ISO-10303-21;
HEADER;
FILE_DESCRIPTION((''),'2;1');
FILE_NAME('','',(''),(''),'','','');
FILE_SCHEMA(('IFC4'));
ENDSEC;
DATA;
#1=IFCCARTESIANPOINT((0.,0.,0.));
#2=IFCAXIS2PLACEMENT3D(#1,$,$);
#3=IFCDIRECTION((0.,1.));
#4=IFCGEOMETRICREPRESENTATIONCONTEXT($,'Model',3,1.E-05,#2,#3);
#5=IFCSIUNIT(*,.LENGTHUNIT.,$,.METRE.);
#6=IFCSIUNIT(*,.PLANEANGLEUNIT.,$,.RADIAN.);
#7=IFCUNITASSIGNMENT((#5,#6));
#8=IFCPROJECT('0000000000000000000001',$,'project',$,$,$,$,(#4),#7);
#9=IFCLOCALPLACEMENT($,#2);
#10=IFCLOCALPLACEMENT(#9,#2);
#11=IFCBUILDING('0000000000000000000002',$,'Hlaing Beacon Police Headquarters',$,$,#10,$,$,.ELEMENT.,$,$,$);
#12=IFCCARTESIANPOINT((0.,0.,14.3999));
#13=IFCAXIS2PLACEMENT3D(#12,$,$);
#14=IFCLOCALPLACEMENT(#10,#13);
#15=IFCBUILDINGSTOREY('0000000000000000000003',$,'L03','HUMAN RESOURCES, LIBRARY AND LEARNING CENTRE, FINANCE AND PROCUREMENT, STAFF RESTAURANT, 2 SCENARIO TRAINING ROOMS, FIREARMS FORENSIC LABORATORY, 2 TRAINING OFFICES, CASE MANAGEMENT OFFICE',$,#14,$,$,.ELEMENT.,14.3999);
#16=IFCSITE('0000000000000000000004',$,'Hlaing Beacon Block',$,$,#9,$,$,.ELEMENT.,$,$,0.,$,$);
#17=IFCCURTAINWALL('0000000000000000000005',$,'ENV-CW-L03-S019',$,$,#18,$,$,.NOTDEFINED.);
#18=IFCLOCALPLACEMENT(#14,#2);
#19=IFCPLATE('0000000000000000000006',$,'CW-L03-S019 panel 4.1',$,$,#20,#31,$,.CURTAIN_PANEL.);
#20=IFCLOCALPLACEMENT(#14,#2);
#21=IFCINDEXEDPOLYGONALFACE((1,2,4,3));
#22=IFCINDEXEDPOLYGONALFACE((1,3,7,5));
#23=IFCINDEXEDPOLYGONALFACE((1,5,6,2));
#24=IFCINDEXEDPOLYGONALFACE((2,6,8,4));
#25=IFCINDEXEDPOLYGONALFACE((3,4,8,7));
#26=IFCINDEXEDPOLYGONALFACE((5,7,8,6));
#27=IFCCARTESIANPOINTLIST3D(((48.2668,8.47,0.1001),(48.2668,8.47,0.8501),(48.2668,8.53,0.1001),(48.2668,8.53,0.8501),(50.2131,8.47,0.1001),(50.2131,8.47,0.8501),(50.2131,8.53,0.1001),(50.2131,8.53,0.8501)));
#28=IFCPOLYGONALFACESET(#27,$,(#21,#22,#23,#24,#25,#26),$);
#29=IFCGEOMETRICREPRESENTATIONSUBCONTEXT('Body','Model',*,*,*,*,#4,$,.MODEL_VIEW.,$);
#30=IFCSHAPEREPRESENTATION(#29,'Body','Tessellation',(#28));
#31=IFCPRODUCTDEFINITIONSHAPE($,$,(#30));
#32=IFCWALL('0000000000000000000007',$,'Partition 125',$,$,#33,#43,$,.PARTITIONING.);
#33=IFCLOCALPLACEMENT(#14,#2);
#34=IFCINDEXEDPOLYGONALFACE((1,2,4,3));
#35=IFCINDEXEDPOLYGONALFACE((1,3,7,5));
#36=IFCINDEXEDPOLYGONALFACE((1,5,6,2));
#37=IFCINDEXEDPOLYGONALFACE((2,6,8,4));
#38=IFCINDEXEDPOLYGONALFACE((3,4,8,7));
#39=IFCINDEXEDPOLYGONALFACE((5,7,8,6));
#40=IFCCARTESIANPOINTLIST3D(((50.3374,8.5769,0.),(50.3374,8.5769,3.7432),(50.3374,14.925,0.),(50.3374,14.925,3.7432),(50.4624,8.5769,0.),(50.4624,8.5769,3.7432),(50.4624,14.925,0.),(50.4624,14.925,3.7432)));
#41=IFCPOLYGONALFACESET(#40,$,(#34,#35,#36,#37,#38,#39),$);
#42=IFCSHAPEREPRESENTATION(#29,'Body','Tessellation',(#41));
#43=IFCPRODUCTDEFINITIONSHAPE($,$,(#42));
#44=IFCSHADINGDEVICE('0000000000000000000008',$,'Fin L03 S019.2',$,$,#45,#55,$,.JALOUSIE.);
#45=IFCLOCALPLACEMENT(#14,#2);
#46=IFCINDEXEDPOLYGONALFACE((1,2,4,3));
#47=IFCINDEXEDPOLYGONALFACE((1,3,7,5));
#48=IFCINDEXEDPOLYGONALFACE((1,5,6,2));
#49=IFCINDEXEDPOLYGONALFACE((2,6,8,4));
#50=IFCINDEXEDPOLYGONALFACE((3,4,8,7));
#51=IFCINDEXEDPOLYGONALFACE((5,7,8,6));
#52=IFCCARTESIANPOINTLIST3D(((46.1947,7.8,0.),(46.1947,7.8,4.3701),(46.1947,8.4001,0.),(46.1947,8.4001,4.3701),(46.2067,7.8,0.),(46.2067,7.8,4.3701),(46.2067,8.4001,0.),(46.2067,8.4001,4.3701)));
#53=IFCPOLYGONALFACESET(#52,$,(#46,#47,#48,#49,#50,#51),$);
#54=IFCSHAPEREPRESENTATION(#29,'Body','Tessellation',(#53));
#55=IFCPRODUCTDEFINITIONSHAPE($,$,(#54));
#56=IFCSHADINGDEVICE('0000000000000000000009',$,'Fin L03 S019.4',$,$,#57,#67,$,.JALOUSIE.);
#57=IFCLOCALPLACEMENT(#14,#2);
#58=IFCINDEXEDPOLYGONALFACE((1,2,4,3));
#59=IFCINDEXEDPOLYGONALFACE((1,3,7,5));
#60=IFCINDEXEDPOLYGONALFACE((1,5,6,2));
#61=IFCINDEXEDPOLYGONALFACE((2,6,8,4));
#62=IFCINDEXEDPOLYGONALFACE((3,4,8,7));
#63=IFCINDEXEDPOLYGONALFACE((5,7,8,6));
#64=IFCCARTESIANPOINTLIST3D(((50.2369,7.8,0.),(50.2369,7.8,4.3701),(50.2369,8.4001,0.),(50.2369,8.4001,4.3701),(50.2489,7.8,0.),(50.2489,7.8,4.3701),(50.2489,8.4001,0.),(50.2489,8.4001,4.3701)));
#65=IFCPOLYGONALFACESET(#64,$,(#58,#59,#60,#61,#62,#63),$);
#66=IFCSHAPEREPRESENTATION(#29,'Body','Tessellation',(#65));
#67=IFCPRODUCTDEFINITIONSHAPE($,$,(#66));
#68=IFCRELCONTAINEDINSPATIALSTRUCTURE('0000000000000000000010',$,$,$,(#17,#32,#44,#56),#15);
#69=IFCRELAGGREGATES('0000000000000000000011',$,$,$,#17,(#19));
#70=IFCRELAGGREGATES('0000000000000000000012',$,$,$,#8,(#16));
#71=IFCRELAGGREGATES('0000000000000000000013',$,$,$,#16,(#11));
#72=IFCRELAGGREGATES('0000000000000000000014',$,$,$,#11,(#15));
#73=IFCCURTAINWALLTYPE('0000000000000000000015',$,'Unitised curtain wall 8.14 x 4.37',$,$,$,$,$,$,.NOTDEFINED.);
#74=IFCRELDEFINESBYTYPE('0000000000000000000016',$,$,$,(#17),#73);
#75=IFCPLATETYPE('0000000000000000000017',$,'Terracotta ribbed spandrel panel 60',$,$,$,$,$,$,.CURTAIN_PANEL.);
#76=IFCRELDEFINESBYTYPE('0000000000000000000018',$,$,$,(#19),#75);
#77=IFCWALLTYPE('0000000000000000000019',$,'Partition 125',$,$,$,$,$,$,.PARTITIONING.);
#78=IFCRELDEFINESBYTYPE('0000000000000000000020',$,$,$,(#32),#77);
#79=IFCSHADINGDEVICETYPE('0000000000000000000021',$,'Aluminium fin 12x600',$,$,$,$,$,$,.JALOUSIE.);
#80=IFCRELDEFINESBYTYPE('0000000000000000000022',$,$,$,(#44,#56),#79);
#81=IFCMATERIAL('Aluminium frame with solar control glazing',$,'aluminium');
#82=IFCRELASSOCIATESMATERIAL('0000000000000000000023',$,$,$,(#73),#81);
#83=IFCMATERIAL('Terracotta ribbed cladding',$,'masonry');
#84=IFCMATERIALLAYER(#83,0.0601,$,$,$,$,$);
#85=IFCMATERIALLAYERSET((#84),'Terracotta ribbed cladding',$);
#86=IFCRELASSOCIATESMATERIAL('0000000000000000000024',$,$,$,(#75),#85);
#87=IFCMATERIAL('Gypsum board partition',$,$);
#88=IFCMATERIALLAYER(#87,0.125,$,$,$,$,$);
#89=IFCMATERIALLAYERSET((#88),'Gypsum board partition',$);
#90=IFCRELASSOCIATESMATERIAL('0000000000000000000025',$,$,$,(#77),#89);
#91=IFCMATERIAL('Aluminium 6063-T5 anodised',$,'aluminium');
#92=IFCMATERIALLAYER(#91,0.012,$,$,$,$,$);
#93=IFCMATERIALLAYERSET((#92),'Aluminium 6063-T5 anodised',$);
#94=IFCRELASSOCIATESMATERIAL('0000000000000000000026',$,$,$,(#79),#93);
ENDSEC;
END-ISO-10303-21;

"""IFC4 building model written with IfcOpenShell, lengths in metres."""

from ifc_helpers import new_model, si_unit, direction, frame, frame_2d, origin, origin_2d, place, context, subcontext, project, spatial, rectangle, extrude, material, layer, layer_set, type_object, element, aggregate, save


model = new_model("IFC4")

# Units and contexts
model_context = context("Model", 3, precision=1e-05, world=origin(), true_north=direction((0.0, 1.0)))
body_context = subcontext(model_context, "Body", "Model", "MODEL_VIEW")
ifc_project = project(units=[si_unit("LENGTHUNIT", "METRE"), si_unit("PLANEANGLEUNIT", "RADIAN")], contexts=[model_context])

# Site, building, storey
site_placement = place(None, origin())
site = spatial("IfcSite", under=ifc_project, at=site_placement, Name="Hlaing Beacon Block", CompositionType="ELEMENT", RefElevation=0.0)
building_placement = place(site_placement, origin())
building = spatial("IfcBuilding", under=site, at=building_placement, Name="Hlaing Beacon Police Headquarters", CompositionType="ELEMENT")
storey_placement = place(building_placement, frame((0.0, 0.0, 14.3999)))
storey = spatial("IfcBuildingStorey", under=building, at=storey_placement, Name="L03", Description="HUMAN RESOURCES, LIBRARY AND LEARNING CENTRE, FINANCE AND PROCUREMENT, STAFF RESTAURANT, 2 SCENARIO TRAINING ROOMS, FIREARMS FORENSIC LABORATORY, 2 TRAINING OFFICES, CASE MANAGEMENT OFFICE", CompositionType="ELEMENT", Elevation=14.3999)

# Curtain wall
ifc_material_1 = material(Name="Aluminium frame with solar control glazing", Category="aluminium")
curtain_wall_type = type_object("IfcCurtainWallType", Name="Unitised curtain wall 8.14 x 4.37", PredefinedType="NOTDEFINED", material=ifc_material_1)
curtain_wall_placement = place(storey_placement, origin())
curtain_wall = element("IfcCurtainWall", 1, at=curtain_wall_placement, inside=storey, type_object=curtain_wall_type, Name="ENV-CW-L03-S019", PredefinedType="NOTDEFINED")

# Plate
ifc_material_2 = material(Name="Terracotta ribbed cladding", Category="masonry")
ifc_layer_1 = layer(ifc_material_2, 0.0601)
ifc_layer_set_1 = layer_set([ifc_layer_1], Name="Terracotta ribbed cladding")
plate_type_1 = type_object("IfcPlateType", Name="Terracotta ribbed spandrel panel 60", PredefinedType="CURTAIN_PANEL", material=ifc_layer_set_1)
plate_1_placement = place(storey_placement, frame((49.24, 8.5, 0.1001), z_axis=(0.0, 0.0, 1.0), x_axis=(1.0, 0.0, 0.0)))
plate_1 = element("IfcPlate", 2, at=plate_1_placement, type_object=plate_type_1, Name="CW-L03-S019 panel 4.1", PredefinedType="CURTAIN_PANEL", context=body_context, shape_type="SweptSolid", body=[
    extrude(rectangle(XDim=1.9463, YDim=0.0601, at=origin_2d()), origin(), (0.0, 0.0, 1.0), 0.75),
])
aggregate(curtain_wall, [plate_1])

# Wall
ifc_material_3 = material(Name="Gypsum board partition")
ifc_layer_2 = layer(ifc_material_3, 0.125)
ifc_layer_set_2 = layer_set([ifc_layer_2], Name="Gypsum board partition")
wall_type = type_object("IfcWallType", Name="Partition 125", PredefinedType="PARTITIONING", material=ifc_layer_set_2)
wall_placement = place(storey_placement, frame((50.3999, 8.5769, 0.0), z_axis=(0.0, 0.0, 1.0), x_axis=(0.0, 1.0, 0.0)))
element("IfcWall", 3, at=wall_placement, inside=storey, type_object=wall_type, Name="Partition 125", PredefinedType="PARTITIONING", context=body_context, shape_type="SweptSolid", body=[
    extrude(rectangle(XDim=6.3481, YDim=0.125, at=frame_2d((3.1741, 0.0))), origin(), (0.0, 0.0, 1.0), 3.7432),
])

# Shading devices
ifc_material_4 = material(Name="Aluminium 6063-T5 anodised", Category="aluminium")
ifc_layer_3 = layer(ifc_material_4, 0.012)
ifc_layer_set_3 = layer_set([ifc_layer_3], Name="Aluminium 6063-T5 anodised")
shading_device_type = type_object("IfcShadingDeviceType", Name="Aluminium fin 12x600", PredefinedType="JALOUSIE", material=ifc_layer_set_3)
for number, where, z_axis, x_axis, name in (
    (4, (46.2007, 8.1001, 0.0), (0.0, 0.0, 1.0), (1.0, 0.0, 0.0), "Fin L03 S019.2"),
    (5, (50.2429, 8.1001, 0.0), (0.0, 0.0, 1.0), (1.0, 0.0, 0.0), "Fin L03 S019.4"),
):
    element("IfcShadingDevice", number, at=place(storey_placement, frame(where, z_axis=z_axis, x_axis=x_axis)), inside=storey, type_object=shading_device_type, Name=name, PredefinedType="JALOUSIE", context=body_context, shape_type="SweptSolid", body=[
        extrude(rectangle(XDim=0.012, YDim=0.6001, at=origin_2d()), origin(), (0.0, 0.0, 1.0), 4.3701),
    ])

save(model, "model.ifc")
